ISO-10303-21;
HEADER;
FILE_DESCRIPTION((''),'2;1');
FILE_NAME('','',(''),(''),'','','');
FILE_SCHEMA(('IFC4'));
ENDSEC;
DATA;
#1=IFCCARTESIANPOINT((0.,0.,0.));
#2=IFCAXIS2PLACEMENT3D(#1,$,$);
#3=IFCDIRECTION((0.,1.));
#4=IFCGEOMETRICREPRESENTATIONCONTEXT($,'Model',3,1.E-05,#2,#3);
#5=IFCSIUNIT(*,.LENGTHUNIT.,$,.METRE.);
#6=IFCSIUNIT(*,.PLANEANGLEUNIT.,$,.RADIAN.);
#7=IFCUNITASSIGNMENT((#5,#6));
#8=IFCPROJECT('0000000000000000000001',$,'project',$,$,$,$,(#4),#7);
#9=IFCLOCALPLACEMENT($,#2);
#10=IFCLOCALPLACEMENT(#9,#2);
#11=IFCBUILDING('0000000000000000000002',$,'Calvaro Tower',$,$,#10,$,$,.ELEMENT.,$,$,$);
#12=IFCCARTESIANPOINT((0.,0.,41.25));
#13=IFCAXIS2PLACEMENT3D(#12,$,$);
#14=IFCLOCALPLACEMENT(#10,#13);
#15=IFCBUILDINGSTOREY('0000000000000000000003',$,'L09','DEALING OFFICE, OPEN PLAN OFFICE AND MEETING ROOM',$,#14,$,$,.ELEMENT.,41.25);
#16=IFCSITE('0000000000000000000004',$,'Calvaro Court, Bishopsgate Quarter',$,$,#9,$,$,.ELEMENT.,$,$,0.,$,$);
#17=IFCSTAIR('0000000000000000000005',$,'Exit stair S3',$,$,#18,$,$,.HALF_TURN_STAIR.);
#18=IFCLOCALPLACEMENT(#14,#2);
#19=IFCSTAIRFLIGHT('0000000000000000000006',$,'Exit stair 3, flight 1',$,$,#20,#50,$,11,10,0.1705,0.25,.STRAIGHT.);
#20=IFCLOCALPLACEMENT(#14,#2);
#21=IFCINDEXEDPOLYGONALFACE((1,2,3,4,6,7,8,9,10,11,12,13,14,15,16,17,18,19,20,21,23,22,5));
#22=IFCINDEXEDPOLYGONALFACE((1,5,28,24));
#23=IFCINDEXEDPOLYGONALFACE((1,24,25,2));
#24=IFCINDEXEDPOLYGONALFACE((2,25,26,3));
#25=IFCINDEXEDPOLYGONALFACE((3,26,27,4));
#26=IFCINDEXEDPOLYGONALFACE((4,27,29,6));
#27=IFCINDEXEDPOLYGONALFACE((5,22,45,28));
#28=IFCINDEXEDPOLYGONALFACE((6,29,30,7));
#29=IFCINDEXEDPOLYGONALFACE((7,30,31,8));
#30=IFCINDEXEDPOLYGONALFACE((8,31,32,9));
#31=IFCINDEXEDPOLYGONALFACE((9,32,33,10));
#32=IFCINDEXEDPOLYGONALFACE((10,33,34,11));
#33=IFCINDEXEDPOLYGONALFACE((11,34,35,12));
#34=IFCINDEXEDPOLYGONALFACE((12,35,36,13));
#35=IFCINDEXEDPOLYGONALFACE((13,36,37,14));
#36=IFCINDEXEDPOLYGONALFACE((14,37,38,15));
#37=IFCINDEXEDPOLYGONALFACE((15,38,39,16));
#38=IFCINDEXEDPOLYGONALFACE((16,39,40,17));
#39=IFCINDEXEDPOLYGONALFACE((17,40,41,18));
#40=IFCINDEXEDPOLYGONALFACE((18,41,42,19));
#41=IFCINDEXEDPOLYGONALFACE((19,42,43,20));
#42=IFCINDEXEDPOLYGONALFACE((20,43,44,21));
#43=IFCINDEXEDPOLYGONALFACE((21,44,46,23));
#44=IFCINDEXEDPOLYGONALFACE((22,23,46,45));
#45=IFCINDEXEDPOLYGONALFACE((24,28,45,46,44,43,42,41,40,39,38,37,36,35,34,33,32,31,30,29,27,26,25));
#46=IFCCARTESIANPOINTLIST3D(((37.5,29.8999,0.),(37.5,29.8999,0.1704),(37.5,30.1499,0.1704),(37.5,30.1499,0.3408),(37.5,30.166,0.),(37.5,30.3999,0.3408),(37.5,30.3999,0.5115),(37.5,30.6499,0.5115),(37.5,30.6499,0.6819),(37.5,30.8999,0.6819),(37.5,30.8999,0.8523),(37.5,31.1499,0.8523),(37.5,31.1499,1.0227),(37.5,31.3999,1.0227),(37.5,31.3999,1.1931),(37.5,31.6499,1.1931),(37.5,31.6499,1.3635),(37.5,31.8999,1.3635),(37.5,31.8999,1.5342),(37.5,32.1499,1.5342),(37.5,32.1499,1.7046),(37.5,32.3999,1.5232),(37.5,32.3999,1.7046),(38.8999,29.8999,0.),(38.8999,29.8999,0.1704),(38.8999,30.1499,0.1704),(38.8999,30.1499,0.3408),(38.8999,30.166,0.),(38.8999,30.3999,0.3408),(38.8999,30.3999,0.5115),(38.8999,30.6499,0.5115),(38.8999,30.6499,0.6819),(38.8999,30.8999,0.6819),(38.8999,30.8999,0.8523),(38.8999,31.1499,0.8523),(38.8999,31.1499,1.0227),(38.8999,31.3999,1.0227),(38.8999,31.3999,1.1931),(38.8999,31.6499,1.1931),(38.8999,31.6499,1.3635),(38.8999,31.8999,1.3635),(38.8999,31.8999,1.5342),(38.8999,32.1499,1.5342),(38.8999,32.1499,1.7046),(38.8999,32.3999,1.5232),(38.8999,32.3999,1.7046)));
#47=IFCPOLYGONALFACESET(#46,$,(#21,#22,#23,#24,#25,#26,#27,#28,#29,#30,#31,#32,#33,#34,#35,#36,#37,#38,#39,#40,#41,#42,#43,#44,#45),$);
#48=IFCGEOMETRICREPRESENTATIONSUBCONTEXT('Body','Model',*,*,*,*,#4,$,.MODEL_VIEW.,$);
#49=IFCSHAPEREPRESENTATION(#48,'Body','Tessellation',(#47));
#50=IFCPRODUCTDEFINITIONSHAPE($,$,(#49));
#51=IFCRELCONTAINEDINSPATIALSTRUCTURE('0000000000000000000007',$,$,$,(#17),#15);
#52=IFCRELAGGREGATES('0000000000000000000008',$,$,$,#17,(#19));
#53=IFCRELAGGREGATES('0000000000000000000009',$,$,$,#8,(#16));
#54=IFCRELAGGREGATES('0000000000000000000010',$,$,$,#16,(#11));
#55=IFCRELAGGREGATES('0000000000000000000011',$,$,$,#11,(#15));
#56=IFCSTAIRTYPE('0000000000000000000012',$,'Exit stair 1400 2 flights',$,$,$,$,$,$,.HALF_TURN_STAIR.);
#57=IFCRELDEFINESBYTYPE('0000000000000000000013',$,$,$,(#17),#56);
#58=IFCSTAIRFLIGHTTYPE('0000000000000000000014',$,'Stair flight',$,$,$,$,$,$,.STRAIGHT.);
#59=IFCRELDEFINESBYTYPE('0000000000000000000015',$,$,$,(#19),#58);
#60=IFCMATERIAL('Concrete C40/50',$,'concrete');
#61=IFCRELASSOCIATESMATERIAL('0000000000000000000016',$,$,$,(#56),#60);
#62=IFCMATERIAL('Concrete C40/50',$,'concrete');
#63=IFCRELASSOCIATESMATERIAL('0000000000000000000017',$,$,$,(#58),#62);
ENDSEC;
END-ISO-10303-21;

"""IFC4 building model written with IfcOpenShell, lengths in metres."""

from ifc_helpers import new_model, si_unit, direction, frame, origin, place, context, subcontext, project, spatial, polyline, outline, extrude, material, type_object, element, aggregate, save


model = new_model("IFC4")

# Units and contexts
model_context = context("Model", 3, precision=1e-05, world=origin(), true_north=direction((0.0, 1.0)))
body_context = subcontext(model_context, "Body", "Model", "MODEL_VIEW")
ifc_project = project(units=[si_unit("LENGTHUNIT", "METRE"), si_unit("PLANEANGLEUNIT", "RADIAN")], contexts=[model_context])

# Site, building, storey
site_placement = place(None, origin())
site = spatial("IfcSite", under=ifc_project, at=site_placement, Name="Calvaro Court, Bishopsgate Quarter", CompositionType="ELEMENT", RefElevation=0.0)
building_placement = place(site_placement, origin())
building = spatial("IfcBuilding", under=site, at=building_placement, Name="Calvaro Tower", CompositionType="ELEMENT")
storey_placement = place(building_placement, frame((0.0, 0.0, 41.25)))
storey = spatial("IfcBuildingStorey", under=building, at=storey_placement, Name="L09", Description="DEALING OFFICE, OPEN PLAN OFFICE AND MEETING ROOM", CompositionType="ELEMENT", Elevation=41.25)

# Stair, stair flight
ifc_material_1 = material(Name="Concrete C40/50", Category="concrete")
stair_type = type_object("IfcStairType", Name="Exit stair 1400 2 flights", PredefinedType="HALF_TURN_STAIR", material=ifc_material_1)
stair_1_placement = place(storey_placement, origin())
stair_1 = element("IfcStair", 1, at=stair_1_placement, inside=storey, type_object=stair_type, Name="Exit stair S3", PredefinedType="HALF_TURN_STAIR")
ifc_material_2 = material(Name="Concrete C40/50", Category="concrete")
stair_flight_type = type_object("IfcStairFlightType", Name="Stair flight", PredefinedType="STRAIGHT", material=ifc_material_2)
stair_flight_placement = place(storey_placement, frame((38.2, 29.8999, 0.0), z_axis=(0.0, 0.0, 1.0), x_axis=(0.0, 1.0, 0.0)))
stair_flight = element("IfcStairFlight", 2, at=stair_flight_placement, type_object=stair_flight_type, Name="Exit stair 3, flight 1", NumberOfRisers=11, NumberOfTreads=10, PredefinedType="STRAIGHT", RiserHeight=0.1705, TreadLength=0.25, context=body_context, shape_type="SweptSolid", body=[
    extrude(outline(polyline([(0.0, 0.0), (0.0, 0.1704), (0.25, 0.1704), (0.25, 0.3408), (0.5, 0.3408), (0.5, 0.5115), (0.75, 0.5115), (0.75, 0.6819), (1.0, 0.6819), (1.0, 0.8523), (1.25, 0.8523), (1.25, 1.0227), (1.5, 1.0227), (1.5, 1.1931), (1.75, 1.1931), (1.75, 1.3635), (2.0, 1.3635), (2.0, 1.5342), (2.25, 1.5342), (2.25, 1.7046), (2.5, 1.7046), (2.5, 1.875), (2.5, 1.5232), (0.2661, 0.0), (0.0, 0.0)])), frame((0.0, 0.7, 0.0), z_axis=(0.0, -1.0, 0.0), x_axis=(1.0, 0.0, 0.0)), (0.0, 0.0, 1.0), 1.3999),
])
aggregate(stair_1, [stair_flight])

save(model, "model.ifc")
